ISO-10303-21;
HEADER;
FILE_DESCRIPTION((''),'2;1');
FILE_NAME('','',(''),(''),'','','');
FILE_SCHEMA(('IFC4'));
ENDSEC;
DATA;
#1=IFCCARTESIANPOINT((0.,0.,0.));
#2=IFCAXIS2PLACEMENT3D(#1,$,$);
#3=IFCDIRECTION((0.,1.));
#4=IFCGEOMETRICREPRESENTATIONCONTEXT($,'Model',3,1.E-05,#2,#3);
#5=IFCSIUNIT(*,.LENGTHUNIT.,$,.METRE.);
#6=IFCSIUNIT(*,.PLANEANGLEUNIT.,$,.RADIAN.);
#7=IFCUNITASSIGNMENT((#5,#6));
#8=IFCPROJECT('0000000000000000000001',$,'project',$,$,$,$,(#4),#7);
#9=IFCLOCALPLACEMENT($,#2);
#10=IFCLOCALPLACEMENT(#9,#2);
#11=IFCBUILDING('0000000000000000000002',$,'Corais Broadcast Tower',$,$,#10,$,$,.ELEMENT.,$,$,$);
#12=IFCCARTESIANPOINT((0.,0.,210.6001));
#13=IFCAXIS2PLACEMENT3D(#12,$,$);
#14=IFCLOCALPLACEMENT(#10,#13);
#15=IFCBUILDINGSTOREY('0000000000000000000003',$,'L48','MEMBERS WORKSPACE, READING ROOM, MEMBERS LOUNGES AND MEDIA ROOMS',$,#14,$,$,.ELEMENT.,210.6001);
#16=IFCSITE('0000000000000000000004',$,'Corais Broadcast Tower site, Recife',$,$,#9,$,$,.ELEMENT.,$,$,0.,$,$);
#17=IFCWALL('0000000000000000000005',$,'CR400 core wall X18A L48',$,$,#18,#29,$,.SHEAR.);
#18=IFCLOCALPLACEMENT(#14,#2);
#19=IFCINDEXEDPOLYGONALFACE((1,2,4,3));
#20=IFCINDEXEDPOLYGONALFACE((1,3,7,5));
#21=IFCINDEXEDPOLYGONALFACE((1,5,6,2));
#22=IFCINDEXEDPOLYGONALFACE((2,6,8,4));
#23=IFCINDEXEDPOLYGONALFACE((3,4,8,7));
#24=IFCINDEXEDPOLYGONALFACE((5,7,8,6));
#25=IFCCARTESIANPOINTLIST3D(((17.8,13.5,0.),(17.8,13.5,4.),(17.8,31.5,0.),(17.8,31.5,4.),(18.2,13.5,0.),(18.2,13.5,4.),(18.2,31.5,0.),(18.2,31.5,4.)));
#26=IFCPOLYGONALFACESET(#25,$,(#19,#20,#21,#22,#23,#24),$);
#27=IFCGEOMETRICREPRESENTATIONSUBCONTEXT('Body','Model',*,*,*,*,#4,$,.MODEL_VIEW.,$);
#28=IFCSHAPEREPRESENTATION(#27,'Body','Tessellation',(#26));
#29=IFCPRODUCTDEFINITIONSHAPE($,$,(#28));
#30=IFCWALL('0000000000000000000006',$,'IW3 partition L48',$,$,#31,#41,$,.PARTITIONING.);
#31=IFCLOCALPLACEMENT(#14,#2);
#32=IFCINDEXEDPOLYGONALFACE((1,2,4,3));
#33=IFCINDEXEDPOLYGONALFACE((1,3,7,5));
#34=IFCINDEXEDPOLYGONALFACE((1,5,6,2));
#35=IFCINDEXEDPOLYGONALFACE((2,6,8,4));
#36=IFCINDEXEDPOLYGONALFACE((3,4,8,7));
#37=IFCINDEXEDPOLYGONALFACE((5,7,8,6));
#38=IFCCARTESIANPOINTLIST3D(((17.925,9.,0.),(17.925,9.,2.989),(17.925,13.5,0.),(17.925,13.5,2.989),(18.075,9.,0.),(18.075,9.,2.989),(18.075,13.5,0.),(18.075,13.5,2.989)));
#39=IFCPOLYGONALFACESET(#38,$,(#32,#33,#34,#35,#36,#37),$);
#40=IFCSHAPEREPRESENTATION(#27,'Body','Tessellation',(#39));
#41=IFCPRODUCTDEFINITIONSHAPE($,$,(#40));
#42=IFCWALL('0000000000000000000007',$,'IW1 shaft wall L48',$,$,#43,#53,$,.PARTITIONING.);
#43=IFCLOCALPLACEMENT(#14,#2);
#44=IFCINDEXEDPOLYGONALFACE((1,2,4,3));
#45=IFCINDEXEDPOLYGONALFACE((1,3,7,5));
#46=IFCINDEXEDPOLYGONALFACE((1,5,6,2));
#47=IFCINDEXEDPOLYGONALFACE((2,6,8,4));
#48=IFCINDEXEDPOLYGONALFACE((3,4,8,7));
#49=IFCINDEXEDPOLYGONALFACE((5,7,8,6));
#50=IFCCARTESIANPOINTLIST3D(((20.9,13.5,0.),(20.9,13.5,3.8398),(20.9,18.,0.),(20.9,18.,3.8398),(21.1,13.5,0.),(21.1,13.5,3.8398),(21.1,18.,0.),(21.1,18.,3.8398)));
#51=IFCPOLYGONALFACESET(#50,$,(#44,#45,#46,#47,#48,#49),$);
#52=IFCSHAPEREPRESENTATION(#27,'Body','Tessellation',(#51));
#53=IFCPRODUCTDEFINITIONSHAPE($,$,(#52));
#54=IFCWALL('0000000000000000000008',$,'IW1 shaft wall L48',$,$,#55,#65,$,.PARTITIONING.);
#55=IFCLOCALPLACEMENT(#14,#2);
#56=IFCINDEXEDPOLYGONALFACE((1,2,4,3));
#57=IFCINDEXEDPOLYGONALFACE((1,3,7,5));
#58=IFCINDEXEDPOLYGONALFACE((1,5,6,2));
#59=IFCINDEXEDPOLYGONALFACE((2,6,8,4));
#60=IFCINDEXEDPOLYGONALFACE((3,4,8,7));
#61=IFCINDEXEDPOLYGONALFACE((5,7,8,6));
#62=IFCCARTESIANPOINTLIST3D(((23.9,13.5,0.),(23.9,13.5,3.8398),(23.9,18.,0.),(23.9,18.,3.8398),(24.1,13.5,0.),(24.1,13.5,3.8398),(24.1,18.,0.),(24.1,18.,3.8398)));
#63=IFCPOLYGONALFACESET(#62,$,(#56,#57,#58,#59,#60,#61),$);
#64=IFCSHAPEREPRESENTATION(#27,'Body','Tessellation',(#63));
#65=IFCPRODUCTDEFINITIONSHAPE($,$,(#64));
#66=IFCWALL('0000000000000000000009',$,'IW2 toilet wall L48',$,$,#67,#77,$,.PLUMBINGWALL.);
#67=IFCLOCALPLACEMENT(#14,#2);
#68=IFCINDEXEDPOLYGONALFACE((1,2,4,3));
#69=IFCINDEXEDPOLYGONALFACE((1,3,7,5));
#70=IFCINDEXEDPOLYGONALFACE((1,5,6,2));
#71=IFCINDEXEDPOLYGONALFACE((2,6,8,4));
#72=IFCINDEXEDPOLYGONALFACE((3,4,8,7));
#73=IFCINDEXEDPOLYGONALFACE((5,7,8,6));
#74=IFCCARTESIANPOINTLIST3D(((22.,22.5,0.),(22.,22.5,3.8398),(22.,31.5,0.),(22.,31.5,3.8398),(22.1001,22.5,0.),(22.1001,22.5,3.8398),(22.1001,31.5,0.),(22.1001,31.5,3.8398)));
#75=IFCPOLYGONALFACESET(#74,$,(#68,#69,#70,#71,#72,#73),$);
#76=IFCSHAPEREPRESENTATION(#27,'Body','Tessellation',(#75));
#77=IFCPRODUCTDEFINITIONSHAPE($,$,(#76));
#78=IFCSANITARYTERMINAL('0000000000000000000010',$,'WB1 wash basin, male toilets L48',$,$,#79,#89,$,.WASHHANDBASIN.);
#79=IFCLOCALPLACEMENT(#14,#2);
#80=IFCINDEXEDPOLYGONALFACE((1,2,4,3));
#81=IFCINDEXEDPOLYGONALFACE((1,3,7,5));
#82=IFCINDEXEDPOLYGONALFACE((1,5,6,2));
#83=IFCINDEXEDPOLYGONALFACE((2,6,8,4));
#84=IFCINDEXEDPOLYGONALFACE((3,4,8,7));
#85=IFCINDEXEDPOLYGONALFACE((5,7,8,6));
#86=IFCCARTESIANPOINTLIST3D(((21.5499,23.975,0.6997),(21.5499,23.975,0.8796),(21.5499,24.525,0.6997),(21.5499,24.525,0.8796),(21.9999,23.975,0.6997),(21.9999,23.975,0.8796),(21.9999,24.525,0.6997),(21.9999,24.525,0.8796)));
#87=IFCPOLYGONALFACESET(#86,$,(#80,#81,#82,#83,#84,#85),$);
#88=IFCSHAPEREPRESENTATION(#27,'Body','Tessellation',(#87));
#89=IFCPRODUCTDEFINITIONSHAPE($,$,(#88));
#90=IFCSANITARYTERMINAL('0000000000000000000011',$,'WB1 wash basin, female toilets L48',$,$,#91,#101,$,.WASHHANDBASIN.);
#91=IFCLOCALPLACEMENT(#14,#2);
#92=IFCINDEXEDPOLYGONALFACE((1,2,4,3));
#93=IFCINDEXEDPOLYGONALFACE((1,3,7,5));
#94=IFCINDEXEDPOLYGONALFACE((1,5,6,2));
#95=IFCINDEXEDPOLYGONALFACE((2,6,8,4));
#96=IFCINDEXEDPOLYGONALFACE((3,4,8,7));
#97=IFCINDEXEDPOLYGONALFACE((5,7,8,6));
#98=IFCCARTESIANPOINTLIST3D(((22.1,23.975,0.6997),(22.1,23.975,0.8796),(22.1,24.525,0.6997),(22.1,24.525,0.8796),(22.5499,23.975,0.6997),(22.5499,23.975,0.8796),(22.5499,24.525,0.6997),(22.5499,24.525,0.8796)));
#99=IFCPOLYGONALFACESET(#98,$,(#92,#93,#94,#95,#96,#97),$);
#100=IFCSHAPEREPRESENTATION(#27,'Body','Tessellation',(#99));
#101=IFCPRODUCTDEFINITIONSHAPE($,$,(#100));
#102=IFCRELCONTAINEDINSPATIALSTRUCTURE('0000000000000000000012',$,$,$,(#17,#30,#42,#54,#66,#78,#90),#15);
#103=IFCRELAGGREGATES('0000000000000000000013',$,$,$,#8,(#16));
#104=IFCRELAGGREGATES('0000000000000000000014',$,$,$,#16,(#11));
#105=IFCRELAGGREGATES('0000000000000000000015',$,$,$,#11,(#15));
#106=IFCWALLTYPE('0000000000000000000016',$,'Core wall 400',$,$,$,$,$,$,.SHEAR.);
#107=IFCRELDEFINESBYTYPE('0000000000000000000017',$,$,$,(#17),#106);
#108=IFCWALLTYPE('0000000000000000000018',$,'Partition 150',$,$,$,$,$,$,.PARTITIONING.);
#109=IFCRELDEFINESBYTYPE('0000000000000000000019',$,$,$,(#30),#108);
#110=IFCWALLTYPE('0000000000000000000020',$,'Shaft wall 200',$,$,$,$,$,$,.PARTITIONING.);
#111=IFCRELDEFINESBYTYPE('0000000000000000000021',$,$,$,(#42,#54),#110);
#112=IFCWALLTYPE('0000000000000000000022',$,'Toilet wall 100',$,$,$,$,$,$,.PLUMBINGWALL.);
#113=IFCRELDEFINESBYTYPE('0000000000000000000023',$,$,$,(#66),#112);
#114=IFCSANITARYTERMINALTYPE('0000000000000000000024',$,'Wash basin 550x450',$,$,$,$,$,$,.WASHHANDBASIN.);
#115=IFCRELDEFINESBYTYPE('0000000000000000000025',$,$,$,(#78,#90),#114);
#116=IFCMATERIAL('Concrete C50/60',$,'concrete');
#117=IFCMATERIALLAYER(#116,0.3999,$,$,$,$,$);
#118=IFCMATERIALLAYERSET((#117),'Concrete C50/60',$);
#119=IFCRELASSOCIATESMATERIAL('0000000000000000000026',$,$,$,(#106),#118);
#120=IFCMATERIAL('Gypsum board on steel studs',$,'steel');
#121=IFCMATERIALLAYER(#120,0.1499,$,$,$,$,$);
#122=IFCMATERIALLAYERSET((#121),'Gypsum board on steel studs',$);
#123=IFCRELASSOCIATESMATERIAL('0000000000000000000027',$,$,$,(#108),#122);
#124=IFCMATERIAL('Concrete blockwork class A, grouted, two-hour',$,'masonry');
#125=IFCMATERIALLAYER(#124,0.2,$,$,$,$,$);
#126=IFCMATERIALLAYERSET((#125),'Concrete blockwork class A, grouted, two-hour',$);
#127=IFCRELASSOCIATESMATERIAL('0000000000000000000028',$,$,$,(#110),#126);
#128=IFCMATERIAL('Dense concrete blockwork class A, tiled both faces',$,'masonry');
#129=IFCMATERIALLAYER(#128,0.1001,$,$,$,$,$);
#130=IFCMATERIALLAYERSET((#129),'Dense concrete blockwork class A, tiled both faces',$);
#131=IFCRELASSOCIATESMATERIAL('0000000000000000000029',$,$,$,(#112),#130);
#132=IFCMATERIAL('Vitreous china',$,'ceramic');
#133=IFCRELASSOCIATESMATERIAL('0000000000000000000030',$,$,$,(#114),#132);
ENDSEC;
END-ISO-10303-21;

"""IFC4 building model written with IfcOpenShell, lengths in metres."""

from ifc_helpers import new_model, si_unit, direction, frame, frame_2d, origin, origin_2d, place, context, subcontext, project, spatial, rectangle, extrude, material, layer, layer_set, type_object, element, save


model = new_model("IFC4")

# Units and contexts
model_context = context("Model", 3, precision=1e-05, world=origin(), true_north=direction((0.0, 1.0)))
body_context = subcontext(model_context, "Body", "Model", "MODEL_VIEW")
ifc_project = project(units=[si_unit("LENGTHUNIT", "METRE"), si_unit("PLANEANGLEUNIT", "RADIAN")], contexts=[model_context])

# Site, building, storey
site_placement = place(None, origin())
site = spatial("IfcSite", under=ifc_project, at=site_placement, Name="Corais Broadcast Tower site, Recife", CompositionType="ELEMENT", RefElevation=0.0)
building_placement = place(site_placement, origin())
building = spatial("IfcBuilding", under=site, at=building_placement, Name="Corais Broadcast Tower", CompositionType="ELEMENT")
storey_placement = place(building_placement, frame((0.0, 0.0, 210.6001)))
storey = spatial("IfcBuildingStorey", under=building, at=storey_placement, Name="L48", Description="MEMBERS WORKSPACE, READING ROOM, MEMBERS LOUNGES AND MEDIA ROOMS", CompositionType="ELEMENT", Elevation=210.6001)

# Walls
ifc_material_1 = material(Name="Concrete C50/60", Category="concrete")
ifc_layer_1 = layer(ifc_material_1, 0.3999)
ifc_layer_set_1 = layer_set([ifc_layer_1], Name="Concrete C50/60")
wall_type_1 = type_object("IfcWallType", Name="Core wall 400", PredefinedType="SHEAR", material=ifc_layer_set_1)
wall_1_placement = place(storey_placement, frame((18.0, 13.5, 0.0), z_axis=(0.0, 0.0, 1.0), x_axis=(0.0, 1.0, 0.0)))
element("IfcWall", 1, at=wall_1_placement, inside=storey, type_object=wall_type_1, Name="CR400 core wall X18A L48", PredefinedType="SHEAR", context=body_context, shape_type="SweptSolid", body=[
    extrude(rectangle(XDim=18.0, YDim=0.3999, at=frame_2d((9.0, 0.0))), origin(), (0.0, 0.0, 1.0), 4.0),
])
ifc_material_2 = material(Name="Gypsum board on steel studs", Category="steel")
ifc_layer_2 = layer(ifc_material_2, 0.1499)
ifc_layer_set_2 = layer_set([ifc_layer_2], Name="Gypsum board on steel studs")
wall_type_2 = type_object("IfcWallType", Name="Partition 150", PredefinedType="PARTITIONING", material=ifc_layer_set_2)
wall_2_placement = place(storey_placement, frame((18.0, 13.5, 0.0), z_axis=(0.0, 0.0, 1.0), x_axis=(0.0, -1.0, 0.0)))
element("IfcWall", 2, at=wall_2_placement, inside=storey, type_object=wall_type_2, Name="IW3 partition L48", PredefinedType="PARTITIONING", context=body_context, shape_type="SweptSolid", body=[
    extrude(rectangle(XDim=4.5, YDim=0.1499, at=frame_2d((2.25, 0.0))), origin(), (0.0, 0.0, 1.0), 2.989),
])
ifc_material_3 = material(Name="Concrete blockwork class A, grouted, two-hour", Category="masonry")
ifc_layer_3 = layer(ifc_material_3, 0.2)
ifc_layer_set_3 = layer_set([ifc_layer_3], Name="Concrete blockwork class A, grouted, two-hour")
wall_type_3 = type_object("IfcWallType", Name="Shaft wall 200", PredefinedType="PARTITIONING", material=ifc_layer_set_3)
for number, where, z_axis, x_axis, name in (
    (3, (21.0, 13.5, 0.0), (0.0, 0.0, 1.0), (0.0, 1.0, 0.0), "IW1 shaft wall L48"),
    (4, (24.0, 13.5, 0.0), (0.0, 0.0, 1.0), (0.0, 1.0, 0.0), "IW1 shaft wall L48"),
):
    element("IfcWall", number, at=place(storey_placement, frame(where, z_axis=z_axis, x_axis=x_axis)), inside=storey, type_object=wall_type_3, Name=name, PredefinedType="PARTITIONING", context=body_context, shape_type="SweptSolid", body=[
        extrude(rectangle(XDim=4.5, YDim=0.2, at=frame_2d((2.25, 0.0))), origin(), (0.0, 0.0, 1.0), 3.8398),
    ])
ifc_material_4 = material(Name="Dense concrete blockwork class A, tiled both faces", Category="masonry")
ifc_layer_4 = layer(ifc_material_4, 0.1001)
ifc_layer_set_4 = layer_set([ifc_layer_4], Name="Dense concrete blockwork class A, tiled both faces")
wall_type_4 = type_object("IfcWallType", Name="Toilet wall 100", PredefinedType="PLUMBINGWALL", material=ifc_layer_set_4)
wall_3_placement = place(storey_placement, frame((22.05, 22.5, 0.0), z_axis=(0.0, 0.0, 1.0), x_axis=(0.0, 1.0, 0.0)))
element("IfcWall", 5, at=wall_3_placement, inside=storey, type_object=wall_type_4, Name="IW2 toilet wall L48", PredefinedType="PLUMBINGWALL", context=body_context, shape_type="SweptSolid", body=[
    extrude(rectangle(XDim=9.0, YDim=0.1001, at=frame_2d((4.5, 0.0))), origin(), (0.0, 0.0, 1.0), 3.8398),
])

# Sanitary terminals
ifc_material_5 = material(Name="Vitreous china", Category="ceramic")
sanitary_terminal_type = type_object("IfcSanitaryTerminalType", Name="Wash basin 550x450", PredefinedType="WASHHANDBASIN", material=ifc_material_5)
for number, where, z_axis, x_axis, name in (
    (6, (21.7749, 24.25, 0.6997), (0.0, 0.0, 1.0), (1.0, 0.0, 0.0), "WB1 wash basin, male toilets L48"),
    (7, (22.325, 24.25, 0.6997), (0.0, 0.0, 1.0), (1.0, 0.0, 0.0), "WB1 wash basin, female toilets L48"),
):
    element("IfcSanitaryTerminal", number, at=place(storey_placement, frame(where, z_axis=z_axis, x_axis=x_axis)), inside=storey, type_object=sanitary_terminal_type, Name=name, PredefinedType="WASHHANDBASIN", context=body_context, shape_type="SweptSolid", body=[
        extrude(rectangle(XDim=0.45, YDim=0.55, at=origin_2d()), origin(), (0.0, 0.0, 1.0), 0.1799),
    ])

save(model, "model.ifc")
